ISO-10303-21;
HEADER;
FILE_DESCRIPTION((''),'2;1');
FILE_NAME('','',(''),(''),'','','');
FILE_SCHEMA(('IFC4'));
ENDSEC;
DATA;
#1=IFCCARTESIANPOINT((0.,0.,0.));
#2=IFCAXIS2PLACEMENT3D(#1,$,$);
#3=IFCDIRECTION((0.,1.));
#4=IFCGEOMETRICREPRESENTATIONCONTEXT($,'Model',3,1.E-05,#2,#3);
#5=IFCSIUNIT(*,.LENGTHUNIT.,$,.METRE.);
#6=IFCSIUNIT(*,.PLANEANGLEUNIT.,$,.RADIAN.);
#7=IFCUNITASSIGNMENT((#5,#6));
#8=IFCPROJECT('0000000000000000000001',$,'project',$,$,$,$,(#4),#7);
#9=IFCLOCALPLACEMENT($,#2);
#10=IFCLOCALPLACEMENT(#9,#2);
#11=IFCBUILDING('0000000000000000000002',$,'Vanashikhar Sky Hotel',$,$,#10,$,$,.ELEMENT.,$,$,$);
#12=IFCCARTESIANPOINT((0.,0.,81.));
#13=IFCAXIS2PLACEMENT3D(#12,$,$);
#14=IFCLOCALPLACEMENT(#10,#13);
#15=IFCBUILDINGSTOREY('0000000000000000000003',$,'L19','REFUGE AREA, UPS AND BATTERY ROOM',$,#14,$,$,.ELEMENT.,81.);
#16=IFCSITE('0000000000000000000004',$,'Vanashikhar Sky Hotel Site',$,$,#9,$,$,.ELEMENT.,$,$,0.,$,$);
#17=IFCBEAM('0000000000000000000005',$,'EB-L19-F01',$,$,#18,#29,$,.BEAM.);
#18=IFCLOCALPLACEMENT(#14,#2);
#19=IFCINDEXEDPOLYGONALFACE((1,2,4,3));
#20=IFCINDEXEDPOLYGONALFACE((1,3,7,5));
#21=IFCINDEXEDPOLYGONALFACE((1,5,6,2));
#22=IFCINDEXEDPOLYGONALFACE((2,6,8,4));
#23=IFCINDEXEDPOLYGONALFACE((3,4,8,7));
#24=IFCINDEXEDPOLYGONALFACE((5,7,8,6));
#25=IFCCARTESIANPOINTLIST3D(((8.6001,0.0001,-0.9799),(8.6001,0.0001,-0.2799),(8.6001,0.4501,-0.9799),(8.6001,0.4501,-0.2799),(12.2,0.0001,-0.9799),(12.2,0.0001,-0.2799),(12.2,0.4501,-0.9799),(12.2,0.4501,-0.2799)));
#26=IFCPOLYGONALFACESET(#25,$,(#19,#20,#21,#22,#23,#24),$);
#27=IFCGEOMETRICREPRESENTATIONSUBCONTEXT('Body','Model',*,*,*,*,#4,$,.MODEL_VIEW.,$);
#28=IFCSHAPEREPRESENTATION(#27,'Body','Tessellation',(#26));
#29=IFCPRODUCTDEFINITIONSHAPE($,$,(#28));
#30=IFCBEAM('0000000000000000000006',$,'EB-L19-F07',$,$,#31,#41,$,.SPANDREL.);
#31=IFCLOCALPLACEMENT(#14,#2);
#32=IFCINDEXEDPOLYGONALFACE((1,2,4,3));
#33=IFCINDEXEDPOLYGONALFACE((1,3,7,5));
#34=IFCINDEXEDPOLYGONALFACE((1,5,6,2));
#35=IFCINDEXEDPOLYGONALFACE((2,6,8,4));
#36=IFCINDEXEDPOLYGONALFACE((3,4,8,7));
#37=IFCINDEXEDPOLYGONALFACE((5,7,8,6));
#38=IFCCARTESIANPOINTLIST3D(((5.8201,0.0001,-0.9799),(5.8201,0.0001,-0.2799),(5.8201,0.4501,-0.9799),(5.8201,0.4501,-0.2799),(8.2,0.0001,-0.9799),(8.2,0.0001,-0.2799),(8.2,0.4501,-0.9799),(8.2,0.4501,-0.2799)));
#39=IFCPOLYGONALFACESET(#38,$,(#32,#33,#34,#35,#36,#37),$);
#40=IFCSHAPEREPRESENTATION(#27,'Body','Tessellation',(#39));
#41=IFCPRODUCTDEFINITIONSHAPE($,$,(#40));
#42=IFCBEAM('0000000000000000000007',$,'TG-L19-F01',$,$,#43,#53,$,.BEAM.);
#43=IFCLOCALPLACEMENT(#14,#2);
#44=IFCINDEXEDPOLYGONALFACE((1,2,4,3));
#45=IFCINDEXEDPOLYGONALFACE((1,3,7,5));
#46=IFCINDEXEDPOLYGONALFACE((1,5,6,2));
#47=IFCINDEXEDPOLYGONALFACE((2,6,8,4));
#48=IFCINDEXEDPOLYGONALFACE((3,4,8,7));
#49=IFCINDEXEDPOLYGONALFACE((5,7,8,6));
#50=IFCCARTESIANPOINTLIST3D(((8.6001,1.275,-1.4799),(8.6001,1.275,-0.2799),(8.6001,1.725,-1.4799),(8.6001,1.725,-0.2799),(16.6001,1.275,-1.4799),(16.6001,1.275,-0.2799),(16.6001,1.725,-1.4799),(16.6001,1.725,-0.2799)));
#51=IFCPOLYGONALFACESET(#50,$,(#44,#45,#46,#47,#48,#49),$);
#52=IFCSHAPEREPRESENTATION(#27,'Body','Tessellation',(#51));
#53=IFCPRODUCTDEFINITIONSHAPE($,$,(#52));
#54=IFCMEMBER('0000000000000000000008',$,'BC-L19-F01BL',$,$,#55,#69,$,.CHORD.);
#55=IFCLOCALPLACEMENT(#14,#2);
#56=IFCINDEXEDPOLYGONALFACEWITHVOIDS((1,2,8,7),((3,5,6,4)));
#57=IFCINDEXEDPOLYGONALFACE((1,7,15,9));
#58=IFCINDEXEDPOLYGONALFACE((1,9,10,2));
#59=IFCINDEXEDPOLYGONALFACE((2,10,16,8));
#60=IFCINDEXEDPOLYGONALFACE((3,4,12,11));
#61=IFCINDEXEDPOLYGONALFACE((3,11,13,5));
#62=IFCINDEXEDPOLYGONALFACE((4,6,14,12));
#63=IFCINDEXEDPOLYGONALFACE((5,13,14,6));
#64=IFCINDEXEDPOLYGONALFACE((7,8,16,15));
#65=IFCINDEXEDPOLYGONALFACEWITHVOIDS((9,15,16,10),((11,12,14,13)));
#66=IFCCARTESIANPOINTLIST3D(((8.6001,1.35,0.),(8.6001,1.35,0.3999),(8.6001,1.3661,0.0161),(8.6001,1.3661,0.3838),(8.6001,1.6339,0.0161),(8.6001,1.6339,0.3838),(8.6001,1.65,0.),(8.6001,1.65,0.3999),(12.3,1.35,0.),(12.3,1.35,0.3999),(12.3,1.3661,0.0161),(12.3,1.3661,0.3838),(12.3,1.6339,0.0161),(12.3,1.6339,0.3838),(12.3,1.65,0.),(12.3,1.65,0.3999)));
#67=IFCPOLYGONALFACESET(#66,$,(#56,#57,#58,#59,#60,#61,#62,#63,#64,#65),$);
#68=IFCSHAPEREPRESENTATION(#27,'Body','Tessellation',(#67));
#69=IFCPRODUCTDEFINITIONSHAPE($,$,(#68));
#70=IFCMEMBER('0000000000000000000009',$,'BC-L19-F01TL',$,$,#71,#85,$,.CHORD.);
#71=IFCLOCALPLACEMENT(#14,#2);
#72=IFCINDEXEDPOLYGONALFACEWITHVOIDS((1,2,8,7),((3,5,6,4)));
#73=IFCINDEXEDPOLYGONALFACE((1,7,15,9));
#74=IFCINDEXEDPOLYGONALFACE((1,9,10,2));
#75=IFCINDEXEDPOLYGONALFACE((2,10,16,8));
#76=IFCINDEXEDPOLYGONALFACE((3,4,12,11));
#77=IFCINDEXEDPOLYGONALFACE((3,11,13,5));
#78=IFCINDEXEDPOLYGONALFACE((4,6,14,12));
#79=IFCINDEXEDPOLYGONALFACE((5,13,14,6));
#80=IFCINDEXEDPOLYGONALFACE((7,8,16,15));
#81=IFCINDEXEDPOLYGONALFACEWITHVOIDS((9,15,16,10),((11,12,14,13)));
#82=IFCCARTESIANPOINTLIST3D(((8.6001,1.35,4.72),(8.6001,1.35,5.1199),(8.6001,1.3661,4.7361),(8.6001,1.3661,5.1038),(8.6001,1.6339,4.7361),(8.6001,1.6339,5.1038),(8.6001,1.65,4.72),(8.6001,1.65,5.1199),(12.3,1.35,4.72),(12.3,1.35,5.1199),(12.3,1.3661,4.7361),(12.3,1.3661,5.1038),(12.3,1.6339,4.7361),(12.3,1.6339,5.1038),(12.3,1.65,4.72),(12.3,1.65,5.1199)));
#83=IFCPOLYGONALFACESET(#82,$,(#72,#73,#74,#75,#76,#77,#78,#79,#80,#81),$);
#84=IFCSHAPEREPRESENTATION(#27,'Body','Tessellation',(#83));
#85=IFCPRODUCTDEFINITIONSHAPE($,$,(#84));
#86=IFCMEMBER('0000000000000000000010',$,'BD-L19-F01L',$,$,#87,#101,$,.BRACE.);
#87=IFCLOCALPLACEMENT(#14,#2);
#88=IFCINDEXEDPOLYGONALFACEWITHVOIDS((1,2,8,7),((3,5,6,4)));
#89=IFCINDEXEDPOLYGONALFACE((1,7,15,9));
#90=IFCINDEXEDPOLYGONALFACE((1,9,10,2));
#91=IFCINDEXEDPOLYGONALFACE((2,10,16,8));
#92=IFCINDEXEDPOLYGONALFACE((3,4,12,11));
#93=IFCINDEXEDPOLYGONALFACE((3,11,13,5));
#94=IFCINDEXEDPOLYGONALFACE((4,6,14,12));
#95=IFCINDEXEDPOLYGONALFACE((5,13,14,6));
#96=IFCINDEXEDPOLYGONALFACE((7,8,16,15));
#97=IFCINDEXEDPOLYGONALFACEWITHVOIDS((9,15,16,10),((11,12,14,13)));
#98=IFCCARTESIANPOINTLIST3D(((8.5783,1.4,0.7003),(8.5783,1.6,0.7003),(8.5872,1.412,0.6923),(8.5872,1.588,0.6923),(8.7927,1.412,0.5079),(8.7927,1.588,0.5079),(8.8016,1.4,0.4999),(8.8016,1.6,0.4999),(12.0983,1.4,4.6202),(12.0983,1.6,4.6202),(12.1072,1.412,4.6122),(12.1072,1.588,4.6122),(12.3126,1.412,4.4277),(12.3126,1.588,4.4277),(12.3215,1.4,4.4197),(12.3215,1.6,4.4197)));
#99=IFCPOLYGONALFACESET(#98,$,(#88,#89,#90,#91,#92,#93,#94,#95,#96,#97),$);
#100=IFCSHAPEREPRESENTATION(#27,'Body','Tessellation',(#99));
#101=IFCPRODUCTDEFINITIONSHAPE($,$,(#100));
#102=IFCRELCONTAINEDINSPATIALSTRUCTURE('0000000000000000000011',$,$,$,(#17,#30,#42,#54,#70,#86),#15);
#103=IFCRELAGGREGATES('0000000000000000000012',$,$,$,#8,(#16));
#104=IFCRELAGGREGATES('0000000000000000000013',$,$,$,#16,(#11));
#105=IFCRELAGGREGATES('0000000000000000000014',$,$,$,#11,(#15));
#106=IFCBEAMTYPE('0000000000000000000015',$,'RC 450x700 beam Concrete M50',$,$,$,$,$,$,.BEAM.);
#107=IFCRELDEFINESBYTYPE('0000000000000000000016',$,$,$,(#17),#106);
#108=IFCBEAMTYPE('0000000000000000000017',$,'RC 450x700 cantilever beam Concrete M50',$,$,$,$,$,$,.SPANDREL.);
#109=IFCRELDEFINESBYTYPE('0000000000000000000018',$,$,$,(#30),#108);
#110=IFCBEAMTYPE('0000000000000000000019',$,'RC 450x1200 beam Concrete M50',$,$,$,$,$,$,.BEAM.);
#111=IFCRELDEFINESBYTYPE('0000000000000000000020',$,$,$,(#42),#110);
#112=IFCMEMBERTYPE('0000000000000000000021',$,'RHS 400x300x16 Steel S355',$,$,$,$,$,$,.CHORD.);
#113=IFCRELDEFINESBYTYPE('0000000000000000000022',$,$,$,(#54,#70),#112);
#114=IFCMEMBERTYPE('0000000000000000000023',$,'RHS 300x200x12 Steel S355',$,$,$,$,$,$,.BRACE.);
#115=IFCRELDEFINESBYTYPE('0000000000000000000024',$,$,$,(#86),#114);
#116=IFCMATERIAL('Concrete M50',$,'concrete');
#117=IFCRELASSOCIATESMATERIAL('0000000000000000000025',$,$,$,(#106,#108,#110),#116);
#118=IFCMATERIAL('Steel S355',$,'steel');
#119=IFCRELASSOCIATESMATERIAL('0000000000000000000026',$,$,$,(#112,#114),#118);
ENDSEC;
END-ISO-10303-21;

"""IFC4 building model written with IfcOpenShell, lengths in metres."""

from ifc_helpers import new_model, si_unit, direction, frame, origin, origin_2d, place, context, subcontext, project, spatial, rectangle, hollow_rectangle, extrude, source, transform, mapped, material, material_profile, profile_set, type_object, element, save


model = new_model("IFC4")

# Units and contexts
model_context = context("Model", 3, precision=1e-05, world=origin(), true_north=direction((0.0, 1.0)))
body_context = subcontext(model_context, "Body", "Model", "MODEL_VIEW")
ifc_project = project(units=[si_unit("LENGTHUNIT", "METRE"), si_unit("PLANEANGLEUNIT", "RADIAN")], contexts=[model_context])

# Site, building, storey
site_placement = place(None, origin())
site = spatial("IfcSite", under=ifc_project, at=site_placement, Name="Vanashikhar Sky Hotel Site", CompositionType="ELEMENT", RefElevation=0.0)
building_placement = place(site_placement, origin())
building = spatial("IfcBuilding", under=site, at=building_placement, Name="Vanashikhar Sky Hotel", CompositionType="ELEMENT")
storey_placement = place(building_placement, frame((0.0, 0.0, 81.0)))
storey = spatial("IfcBuildingStorey", under=building, at=storey_placement, Name="L19", Description="REFUGE AREA, UPS AND BATTERY ROOM", CompositionType="ELEMENT", Elevation=81.0)

# Beams
ifc_material_1 = material(Name="Concrete M50", Category="concrete")
ifc_material_profile_1 = material_profile(ifc_material_1, rectangle(XDim=0.45, YDim=0.7, at=origin_2d()))
ifc_profile_set_1 = profile_set([ifc_material_profile_1], Name="RC 450x700 beam Concrete M50")
beam_type_1 = type_object("IfcBeamType", Name="RC 450x700 beam Concrete M50", PredefinedType="BEAM", material=ifc_profile_set_1)
shared_shape_1 = source(origin(), body_context, "Body", "SweptSolid", [
    extrude(rectangle(XDim=0.45, YDim=0.7, at=origin_2d()), origin(), (0.0, 0.0, 1.0), 3.5999),
])
beam_1_placement = place(storey_placement, frame((8.6001, 0.2251, -0.6299), z_axis=(1.0, 0.0, 0.0), x_axis=(0.0, 1.0, 0.0)))
element("IfcBeam", 1, at=beam_1_placement, inside=storey, type_object=beam_type_1, Name="EB-L19-F01", PredefinedType="BEAM", context=body_context, shape_type="MappedRepresentation", body=[
    mapped(shared_shape_1, transform((0.0, 0.0, 0.0), scale=1.0)),
])
ifc_material_profile_2 = material_profile(ifc_material_1, rectangle(XDim=0.45, YDim=0.7, at=origin_2d()))
ifc_profile_set_2 = profile_set([ifc_material_profile_2], Name="RC 450x700 cantilever beam Concrete M50")
beam_type_2 = type_object("IfcBeamType", Name="RC 450x700 cantilever beam Concrete M50", PredefinedType="SPANDREL", material=ifc_profile_set_2)
shared_shape_2 = source(origin(), body_context, "Body", "SweptSolid", [
    extrude(rectangle(XDim=0.45, YDim=0.7, at=origin_2d()), origin(), (0.0, 0.0, 1.0), 2.3799),
])
beam_2_placement = place(storey_placement, frame((5.8201, 0.2251, -0.6299), z_axis=(1.0, 0.0, 0.0), x_axis=(0.0, 1.0, 0.0)))
element("IfcBeam", 2, at=beam_2_placement, inside=storey, type_object=beam_type_2, Name="EB-L19-F07", PredefinedType="SPANDREL", context=body_context, shape_type="MappedRepresentation", body=[
    mapped(shared_shape_2, transform((0.0, 0.0, 0.0), scale=1.0)),
])
ifc_material_profile_3 = material_profile(ifc_material_1, rectangle(XDim=0.45, YDim=1.2, at=origin_2d()))
ifc_profile_set_3 = profile_set([ifc_material_profile_3], Name="RC 450x1200 beam Concrete M50")
beam_type_3 = type_object("IfcBeamType", Name="RC 450x1200 beam Concrete M50", PredefinedType="BEAM", material=ifc_profile_set_3)
shared_shape_3 = source(origin(), body_context, "Body", "SweptSolid", [
    extrude(rectangle(XDim=0.45, YDim=1.2, at=origin_2d()), origin(), (0.0, 0.0, 1.0), 8.0),
])
beam_3_placement = place(storey_placement, frame((8.6001, 1.5, -0.8799), z_axis=(1.0, 0.0, 0.0), x_axis=(0.0, 1.0, 0.0)))
element("IfcBeam", 3, at=beam_3_placement, inside=storey, type_object=beam_type_3, Name="TG-L19-F01", PredefinedType="BEAM", context=body_context, shape_type="MappedRepresentation", body=[
    mapped(shared_shape_3, transform((0.0, 0.0, 0.0), scale=1.0)),
])

# Members
ifc_material_2 = material(Name="Steel S355", Category="steel")
ifc_material_profile_4 = material_profile(ifc_material_2, hollow_rectangle(XDim=0.3, YDim=0.3999, WallThickness=0.0161, at=origin_2d()))
ifc_profile_set_4 = profile_set([ifc_material_profile_4], Name="RHS 400x300x16 Steel S355")
member_type_1 = type_object("IfcMemberType", Name="RHS 400x300x16 Steel S355", PredefinedType="CHORD", material=ifc_profile_set_4)
shared_shape_4 = source(origin(), body_context, "Body", "SweptSolid", [
    extrude(hollow_rectangle(XDim=0.3, YDim=0.3999, WallThickness=0.0161, at=origin_2d()), origin(), (0.0, 0.0, 1.0), 3.7),
])
for number, where, z_axis, x_axis, name in (
    (4, (8.6001, 1.5, 0.2), (1.0, 0.0, 0.0), (0.0, 1.0, 0.0), "BC-L19-F01BL"),
    (5, (8.6001, 1.5, 4.9199), (1.0, 0.0, 0.0), (0.0, 1.0, 0.0), "BC-L19-F01TL"),
):
    element("IfcMember", number, at=place(storey_placement, frame(where, z_axis=z_axis, x_axis=x_axis)), inside=storey, type_object=member_type_1, Name=name, PredefinedType="CHORD", context=body_context, shape_type="MappedRepresentation", body=[
        mapped(shared_shape_4, transform((0.0, 0.0, 0.0), scale=1.0)),
    ])
ifc_material_profile_5 = material_profile(ifc_material_2, hollow_rectangle(XDim=0.2, YDim=0.3, WallThickness=0.012, at=origin_2d()))
ifc_profile_set_5 = profile_set([ifc_material_profile_5], Name="RHS 300x200x12 Steel S355")
member_type_2 = type_object("IfcMemberType", Name="RHS 300x200x12 Steel S355", PredefinedType="BRACE", material=ifc_profile_set_5)
shared_shape_5 = source(origin(), body_context, "Body", "SweptSolid", [
    extrude(hollow_rectangle(XDim=0.2, YDim=0.3, WallThickness=0.012, at=origin_2d()), origin(), (0.0, 0.0, 1.0), 5.2683),
])
member_placement = place(storey_placement, frame((8.6899, 1.5, 0.6001), z_axis=(0.668135, 0.0, 0.74404), x_axis=(0.0, 1.0, 0.0)))
element("IfcMember", 6, at=member_placement, inside=storey, type_object=member_type_2, Name="BD-L19-F01L", PredefinedType="BRACE", context=body_context, shape_type="MappedRepresentation", body=[
    mapped(shared_shape_5, transform((0.0, 0.0, 0.0), scale=1.0)),
])

save(model, "model.ifc")
